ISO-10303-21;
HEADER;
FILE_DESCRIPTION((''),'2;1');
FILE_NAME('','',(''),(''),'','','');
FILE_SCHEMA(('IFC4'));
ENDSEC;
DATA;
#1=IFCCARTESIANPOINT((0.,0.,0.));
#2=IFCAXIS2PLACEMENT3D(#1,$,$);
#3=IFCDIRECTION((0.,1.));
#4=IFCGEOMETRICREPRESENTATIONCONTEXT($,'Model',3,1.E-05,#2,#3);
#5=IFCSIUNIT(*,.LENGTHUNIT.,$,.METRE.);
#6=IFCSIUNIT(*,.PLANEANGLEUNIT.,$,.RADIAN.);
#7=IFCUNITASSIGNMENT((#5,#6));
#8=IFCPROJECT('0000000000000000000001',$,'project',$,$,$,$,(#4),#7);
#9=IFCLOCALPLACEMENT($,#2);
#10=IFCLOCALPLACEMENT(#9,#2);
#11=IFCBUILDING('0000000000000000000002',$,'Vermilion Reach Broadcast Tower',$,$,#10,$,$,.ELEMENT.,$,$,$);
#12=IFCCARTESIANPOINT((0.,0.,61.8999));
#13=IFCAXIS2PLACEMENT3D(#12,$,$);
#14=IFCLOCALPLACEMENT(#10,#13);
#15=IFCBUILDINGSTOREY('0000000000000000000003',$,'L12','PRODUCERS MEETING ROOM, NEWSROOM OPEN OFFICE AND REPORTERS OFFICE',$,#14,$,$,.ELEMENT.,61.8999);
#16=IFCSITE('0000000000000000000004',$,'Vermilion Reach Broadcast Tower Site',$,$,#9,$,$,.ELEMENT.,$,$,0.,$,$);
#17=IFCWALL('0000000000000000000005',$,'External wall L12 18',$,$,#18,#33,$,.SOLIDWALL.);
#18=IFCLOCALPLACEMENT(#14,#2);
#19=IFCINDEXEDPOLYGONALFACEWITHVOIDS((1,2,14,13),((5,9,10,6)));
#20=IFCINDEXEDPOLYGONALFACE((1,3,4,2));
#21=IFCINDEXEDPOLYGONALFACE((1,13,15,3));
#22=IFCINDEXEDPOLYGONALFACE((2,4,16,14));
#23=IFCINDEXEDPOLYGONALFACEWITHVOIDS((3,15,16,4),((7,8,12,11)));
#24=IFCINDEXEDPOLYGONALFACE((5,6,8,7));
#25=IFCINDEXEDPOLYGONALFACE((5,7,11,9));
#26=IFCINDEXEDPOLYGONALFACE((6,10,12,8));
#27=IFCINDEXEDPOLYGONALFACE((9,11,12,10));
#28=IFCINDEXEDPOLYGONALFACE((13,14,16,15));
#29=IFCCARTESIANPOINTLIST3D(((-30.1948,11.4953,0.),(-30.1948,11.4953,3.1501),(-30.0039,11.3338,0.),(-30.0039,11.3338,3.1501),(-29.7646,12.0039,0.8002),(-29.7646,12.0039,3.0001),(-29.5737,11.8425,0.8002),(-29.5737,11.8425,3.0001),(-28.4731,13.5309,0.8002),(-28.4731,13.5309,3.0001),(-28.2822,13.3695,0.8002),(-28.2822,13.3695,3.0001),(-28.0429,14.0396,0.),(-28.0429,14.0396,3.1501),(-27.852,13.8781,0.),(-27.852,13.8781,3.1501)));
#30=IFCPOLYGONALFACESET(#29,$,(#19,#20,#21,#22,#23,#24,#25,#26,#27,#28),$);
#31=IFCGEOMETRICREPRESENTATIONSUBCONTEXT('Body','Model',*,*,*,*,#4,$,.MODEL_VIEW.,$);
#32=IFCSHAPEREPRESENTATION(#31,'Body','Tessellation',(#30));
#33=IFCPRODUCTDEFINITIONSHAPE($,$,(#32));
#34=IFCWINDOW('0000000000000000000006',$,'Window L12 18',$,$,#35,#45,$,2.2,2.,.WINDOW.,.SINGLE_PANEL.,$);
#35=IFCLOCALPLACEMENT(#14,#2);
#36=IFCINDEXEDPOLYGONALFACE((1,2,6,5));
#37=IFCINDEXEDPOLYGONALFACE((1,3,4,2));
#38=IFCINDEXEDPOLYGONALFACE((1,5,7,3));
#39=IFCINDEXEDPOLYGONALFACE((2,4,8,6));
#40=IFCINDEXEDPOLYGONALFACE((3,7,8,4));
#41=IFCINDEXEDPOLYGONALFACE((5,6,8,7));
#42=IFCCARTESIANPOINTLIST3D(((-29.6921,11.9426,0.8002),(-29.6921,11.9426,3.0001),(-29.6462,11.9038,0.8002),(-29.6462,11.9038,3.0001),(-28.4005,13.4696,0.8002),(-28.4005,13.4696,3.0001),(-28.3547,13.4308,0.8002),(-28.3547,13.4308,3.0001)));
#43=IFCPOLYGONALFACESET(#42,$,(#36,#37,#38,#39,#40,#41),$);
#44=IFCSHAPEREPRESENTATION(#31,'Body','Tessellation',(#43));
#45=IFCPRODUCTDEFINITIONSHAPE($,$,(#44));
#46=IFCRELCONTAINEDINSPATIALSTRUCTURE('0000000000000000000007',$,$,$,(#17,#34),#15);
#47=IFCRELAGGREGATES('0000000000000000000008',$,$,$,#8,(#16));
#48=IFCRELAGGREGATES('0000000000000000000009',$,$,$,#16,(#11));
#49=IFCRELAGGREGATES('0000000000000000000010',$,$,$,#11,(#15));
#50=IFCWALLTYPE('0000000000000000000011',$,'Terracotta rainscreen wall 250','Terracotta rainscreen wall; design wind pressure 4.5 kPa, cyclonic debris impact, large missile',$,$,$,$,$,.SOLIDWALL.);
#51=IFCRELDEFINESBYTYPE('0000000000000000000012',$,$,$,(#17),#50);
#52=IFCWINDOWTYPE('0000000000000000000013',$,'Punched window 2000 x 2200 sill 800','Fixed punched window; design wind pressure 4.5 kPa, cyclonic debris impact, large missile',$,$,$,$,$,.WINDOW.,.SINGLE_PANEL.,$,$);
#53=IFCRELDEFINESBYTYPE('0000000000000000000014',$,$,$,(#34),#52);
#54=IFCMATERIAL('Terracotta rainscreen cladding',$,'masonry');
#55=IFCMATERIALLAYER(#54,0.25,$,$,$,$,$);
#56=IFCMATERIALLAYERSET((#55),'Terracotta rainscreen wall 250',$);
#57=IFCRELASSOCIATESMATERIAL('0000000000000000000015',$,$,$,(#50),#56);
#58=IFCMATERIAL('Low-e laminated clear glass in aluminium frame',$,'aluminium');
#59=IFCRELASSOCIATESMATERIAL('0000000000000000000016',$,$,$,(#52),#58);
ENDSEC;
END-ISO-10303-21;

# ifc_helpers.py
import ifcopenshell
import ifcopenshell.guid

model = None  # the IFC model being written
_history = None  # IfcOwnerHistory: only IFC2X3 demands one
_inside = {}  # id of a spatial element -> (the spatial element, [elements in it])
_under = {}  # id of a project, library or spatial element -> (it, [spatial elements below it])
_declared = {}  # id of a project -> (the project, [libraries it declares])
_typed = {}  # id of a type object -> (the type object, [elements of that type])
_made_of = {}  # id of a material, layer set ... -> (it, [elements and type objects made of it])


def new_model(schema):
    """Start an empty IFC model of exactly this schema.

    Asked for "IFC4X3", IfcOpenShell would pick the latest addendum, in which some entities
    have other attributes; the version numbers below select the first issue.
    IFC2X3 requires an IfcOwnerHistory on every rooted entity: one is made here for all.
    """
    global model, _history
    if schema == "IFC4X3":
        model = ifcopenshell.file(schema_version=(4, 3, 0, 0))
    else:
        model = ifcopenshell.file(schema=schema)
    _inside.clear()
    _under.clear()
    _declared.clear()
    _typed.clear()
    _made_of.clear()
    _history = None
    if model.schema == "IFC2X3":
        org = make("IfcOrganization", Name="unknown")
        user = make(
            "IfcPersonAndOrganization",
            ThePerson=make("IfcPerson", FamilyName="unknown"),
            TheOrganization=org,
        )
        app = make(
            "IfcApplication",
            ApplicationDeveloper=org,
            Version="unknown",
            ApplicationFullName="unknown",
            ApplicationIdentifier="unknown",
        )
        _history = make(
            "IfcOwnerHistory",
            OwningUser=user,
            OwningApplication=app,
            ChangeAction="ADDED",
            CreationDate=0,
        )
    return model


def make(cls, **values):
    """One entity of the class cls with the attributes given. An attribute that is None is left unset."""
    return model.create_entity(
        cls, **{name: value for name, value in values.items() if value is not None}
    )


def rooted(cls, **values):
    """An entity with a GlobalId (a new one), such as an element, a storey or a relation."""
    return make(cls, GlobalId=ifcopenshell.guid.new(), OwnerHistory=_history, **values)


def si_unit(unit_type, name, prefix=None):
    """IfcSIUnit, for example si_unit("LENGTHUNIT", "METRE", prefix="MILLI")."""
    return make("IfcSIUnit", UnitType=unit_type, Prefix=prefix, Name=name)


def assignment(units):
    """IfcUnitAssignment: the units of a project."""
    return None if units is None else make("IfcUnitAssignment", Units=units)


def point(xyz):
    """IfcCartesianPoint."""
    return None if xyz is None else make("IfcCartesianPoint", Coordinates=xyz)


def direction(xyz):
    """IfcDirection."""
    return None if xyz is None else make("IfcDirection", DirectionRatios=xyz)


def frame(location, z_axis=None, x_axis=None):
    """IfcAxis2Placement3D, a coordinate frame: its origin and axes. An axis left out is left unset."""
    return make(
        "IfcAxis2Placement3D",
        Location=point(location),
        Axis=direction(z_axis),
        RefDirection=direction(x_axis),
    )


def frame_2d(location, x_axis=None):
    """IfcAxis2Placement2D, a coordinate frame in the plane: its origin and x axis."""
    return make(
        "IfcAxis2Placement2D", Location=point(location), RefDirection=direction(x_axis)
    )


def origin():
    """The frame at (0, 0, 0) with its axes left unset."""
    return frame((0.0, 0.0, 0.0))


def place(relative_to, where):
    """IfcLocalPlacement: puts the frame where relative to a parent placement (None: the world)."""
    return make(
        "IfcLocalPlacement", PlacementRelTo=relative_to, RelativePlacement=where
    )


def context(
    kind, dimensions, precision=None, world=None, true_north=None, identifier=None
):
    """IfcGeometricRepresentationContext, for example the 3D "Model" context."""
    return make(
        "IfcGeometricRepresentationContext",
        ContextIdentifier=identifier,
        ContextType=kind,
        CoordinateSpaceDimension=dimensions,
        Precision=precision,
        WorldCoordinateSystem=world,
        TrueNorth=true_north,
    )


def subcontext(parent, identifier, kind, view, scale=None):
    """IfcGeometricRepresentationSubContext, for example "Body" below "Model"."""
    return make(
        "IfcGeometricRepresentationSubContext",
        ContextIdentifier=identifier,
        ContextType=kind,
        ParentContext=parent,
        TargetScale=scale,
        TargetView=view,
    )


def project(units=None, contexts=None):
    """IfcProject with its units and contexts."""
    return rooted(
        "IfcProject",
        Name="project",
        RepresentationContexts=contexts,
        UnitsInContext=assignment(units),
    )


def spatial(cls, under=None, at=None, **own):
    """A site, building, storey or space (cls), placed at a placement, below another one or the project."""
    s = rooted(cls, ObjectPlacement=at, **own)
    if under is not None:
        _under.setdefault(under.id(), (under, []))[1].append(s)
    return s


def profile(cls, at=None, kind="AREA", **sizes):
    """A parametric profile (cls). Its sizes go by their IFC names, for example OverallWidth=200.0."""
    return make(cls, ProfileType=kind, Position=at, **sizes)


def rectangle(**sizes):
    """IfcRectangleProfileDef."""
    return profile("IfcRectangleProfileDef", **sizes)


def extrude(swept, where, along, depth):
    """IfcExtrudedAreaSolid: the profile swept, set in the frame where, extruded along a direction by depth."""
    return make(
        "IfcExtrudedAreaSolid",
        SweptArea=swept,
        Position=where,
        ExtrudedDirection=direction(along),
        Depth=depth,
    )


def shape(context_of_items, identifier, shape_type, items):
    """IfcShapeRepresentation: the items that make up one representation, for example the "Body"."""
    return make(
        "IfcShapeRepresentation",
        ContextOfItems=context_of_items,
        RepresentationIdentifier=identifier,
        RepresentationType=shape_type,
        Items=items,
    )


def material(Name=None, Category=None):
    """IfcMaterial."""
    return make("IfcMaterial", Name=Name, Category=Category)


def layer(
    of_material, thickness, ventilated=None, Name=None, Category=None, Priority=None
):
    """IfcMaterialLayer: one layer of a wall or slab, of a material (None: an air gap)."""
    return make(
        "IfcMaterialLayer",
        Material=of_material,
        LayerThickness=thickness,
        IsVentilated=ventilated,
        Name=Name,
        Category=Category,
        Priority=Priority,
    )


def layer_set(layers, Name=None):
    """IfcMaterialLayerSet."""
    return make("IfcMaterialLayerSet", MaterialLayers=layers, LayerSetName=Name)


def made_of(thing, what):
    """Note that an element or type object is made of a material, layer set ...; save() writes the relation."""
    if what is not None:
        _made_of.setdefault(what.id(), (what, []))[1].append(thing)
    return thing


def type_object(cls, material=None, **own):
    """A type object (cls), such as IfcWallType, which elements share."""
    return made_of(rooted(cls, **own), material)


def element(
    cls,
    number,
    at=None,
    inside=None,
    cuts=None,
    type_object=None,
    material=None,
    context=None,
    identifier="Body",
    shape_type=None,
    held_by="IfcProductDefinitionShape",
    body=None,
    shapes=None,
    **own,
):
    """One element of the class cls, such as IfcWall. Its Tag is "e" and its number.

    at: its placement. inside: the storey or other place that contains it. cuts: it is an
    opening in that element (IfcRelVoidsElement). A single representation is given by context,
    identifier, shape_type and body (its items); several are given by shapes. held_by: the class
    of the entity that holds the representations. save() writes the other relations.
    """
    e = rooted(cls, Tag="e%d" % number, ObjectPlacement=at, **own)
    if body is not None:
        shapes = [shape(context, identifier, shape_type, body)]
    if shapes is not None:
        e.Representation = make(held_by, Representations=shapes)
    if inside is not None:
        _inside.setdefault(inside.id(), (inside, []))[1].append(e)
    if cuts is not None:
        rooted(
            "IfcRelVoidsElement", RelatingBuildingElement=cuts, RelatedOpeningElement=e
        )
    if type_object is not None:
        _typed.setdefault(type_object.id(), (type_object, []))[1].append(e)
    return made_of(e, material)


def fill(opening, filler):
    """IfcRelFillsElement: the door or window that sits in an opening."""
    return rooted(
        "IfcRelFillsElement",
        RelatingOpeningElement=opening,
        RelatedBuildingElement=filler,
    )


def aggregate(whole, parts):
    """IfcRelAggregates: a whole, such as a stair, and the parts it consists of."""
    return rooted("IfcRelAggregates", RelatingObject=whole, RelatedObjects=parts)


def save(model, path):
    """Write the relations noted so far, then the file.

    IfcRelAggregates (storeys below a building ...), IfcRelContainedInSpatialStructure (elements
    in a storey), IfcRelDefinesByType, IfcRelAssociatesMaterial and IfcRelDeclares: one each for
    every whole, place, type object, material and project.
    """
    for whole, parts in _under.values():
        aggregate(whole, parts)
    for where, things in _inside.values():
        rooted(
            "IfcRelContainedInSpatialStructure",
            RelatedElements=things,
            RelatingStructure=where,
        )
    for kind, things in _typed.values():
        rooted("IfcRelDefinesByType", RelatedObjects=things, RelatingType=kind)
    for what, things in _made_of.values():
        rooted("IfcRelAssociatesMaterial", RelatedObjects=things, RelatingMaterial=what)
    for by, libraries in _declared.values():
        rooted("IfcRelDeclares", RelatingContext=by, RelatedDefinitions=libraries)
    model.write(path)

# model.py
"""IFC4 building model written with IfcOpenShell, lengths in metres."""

from ifc_helpers import new_model, si_unit, direction, frame, frame_2d, origin, place, context, subcontext, project, spatial, rectangle, extrude, material, layer, layer_set, type_object, element, fill, save


model = new_model("IFC4")

# Units and contexts
model_context = context("Model", 3, precision=1e-05, world=origin(), true_north=direction((0.0, 1.0)))
body_context = subcontext(model_context, "Body", "Model", "MODEL_VIEW")
ifc_project = project(units=[si_unit("LENGTHUNIT", "METRE"), si_unit("PLANEANGLEUNIT", "RADIAN")], contexts=[model_context])

# Site, building, storey
site_placement = place(None, origin())
site = spatial("IfcSite", under=ifc_project, at=site_placement, Name="Vermilion Reach Broadcast Tower Site", CompositionType="ELEMENT", RefElevation=0.0)
building_placement = place(site_placement, origin())
building = spatial("IfcBuilding", under=site, at=building_placement, Name="Vermilion Reach Broadcast Tower", CompositionType="ELEMENT")
storey_placement = place(building_placement, frame((0.0, 0.0, 61.8999)))
storey = spatial("IfcBuildingStorey", under=building, at=storey_placement, Name="L12", Description="PRODUCERS MEETING ROOM, NEWSROOM OPEN OFFICE AND REPORTERS OFFICE", CompositionType="ELEMENT", Elevation=61.8999)

# Shared definitions
ifc_material_1 = material(Name="Terracotta rainscreen cladding", Category="masonry")
ifc_layer_1 = layer(ifc_material_1, 0.25)
ifc_layer_set_1 = layer_set([ifc_layer_1], Name="Terracotta rainscreen wall 250")
wall_type_1 = type_object("IfcWallType", Name="Terracotta rainscreen wall 250", Description="Terracotta rainscreen wall; design wind pressure 4.5 kPa, cyclonic debris impact, large missile", PredefinedType="SOLIDWALL", material=ifc_layer_set_1)

# Shared definitions
ifc_material_2 = material(Name="Low-e laminated clear glass in aluminium frame", Category="aluminium")
window_type = type_object("IfcWindowType", Name="Punched window 2000 x 2200 sill 800", Description="Fixed punched window; design wind pressure 4.5 kPa, cyclonic debris impact, large missile", PartitioningType="SINGLE_PANEL", PredefinedType="WINDOW", material=ifc_material_2)

# Wall, opening, window
wall_1_placement = place(storey_placement, frame((-27.9475, 13.9587, 0.0), z_axis=(0.0, 0.0, 1.0), x_axis=(-0.645781, -0.763522, 0.0)))
wall_1 = element("IfcWall", 1, at=wall_1_placement, inside=storey, type_object=wall_type_1, Name="External wall L12 18", PredefinedType="SOLIDWALL", context=body_context, shape_type="SweptSolid", body=[
    extrude(rectangle(XDim=3.3323, YDim=0.25, at=frame_2d((1.666, 0.0))), origin(), (0.0, 0.0, 1.0), 3.1501),
])
opening_1_placement = place(wall_1_placement, frame((0.666, 0.0, 0.8)))
opening_1 = element("IfcOpeningElement", 2, at=opening_1_placement, cuts=wall_1, PredefinedType="OPENING", context=body_context, shape_type="SweptSolid", body=[
    extrude(rectangle(XDim=2.0, YDim=2.2, at=frame_2d((1.0, 1.1001))), frame((0.0, 0.135, 0.0), z_axis=(0.0, -1.0, 0.0), x_axis=(1.0, 0.0, 0.0)), (0.0, 0.0, 1.0), 0.27),
])
window_1_placement = place(opening_1_placement, origin())
window_1 = element("IfcWindow", 3, at=window_1_placement, inside=storey, type_object=window_type, Name="Window L12 18", OverallHeight=2.2, OverallWidth=2.0, PartitioningType="SINGLE_PANEL", PredefinedType="WINDOW", context=body_context, shape_type="SweptSolid", body=[
    extrude(rectangle(XDim=2.0, YDim=2.2, at=frame_2d((1.0, 1.1001))), frame((0.0, 0.03, 0.0), z_axis=(0.0, -1.0, 0.0), x_axis=(1.0, 0.0, 0.0)), (0.0, 0.0, 1.0), 0.0601),
])
fill(opening_1, window_1)

save(model, "model.ifc")
